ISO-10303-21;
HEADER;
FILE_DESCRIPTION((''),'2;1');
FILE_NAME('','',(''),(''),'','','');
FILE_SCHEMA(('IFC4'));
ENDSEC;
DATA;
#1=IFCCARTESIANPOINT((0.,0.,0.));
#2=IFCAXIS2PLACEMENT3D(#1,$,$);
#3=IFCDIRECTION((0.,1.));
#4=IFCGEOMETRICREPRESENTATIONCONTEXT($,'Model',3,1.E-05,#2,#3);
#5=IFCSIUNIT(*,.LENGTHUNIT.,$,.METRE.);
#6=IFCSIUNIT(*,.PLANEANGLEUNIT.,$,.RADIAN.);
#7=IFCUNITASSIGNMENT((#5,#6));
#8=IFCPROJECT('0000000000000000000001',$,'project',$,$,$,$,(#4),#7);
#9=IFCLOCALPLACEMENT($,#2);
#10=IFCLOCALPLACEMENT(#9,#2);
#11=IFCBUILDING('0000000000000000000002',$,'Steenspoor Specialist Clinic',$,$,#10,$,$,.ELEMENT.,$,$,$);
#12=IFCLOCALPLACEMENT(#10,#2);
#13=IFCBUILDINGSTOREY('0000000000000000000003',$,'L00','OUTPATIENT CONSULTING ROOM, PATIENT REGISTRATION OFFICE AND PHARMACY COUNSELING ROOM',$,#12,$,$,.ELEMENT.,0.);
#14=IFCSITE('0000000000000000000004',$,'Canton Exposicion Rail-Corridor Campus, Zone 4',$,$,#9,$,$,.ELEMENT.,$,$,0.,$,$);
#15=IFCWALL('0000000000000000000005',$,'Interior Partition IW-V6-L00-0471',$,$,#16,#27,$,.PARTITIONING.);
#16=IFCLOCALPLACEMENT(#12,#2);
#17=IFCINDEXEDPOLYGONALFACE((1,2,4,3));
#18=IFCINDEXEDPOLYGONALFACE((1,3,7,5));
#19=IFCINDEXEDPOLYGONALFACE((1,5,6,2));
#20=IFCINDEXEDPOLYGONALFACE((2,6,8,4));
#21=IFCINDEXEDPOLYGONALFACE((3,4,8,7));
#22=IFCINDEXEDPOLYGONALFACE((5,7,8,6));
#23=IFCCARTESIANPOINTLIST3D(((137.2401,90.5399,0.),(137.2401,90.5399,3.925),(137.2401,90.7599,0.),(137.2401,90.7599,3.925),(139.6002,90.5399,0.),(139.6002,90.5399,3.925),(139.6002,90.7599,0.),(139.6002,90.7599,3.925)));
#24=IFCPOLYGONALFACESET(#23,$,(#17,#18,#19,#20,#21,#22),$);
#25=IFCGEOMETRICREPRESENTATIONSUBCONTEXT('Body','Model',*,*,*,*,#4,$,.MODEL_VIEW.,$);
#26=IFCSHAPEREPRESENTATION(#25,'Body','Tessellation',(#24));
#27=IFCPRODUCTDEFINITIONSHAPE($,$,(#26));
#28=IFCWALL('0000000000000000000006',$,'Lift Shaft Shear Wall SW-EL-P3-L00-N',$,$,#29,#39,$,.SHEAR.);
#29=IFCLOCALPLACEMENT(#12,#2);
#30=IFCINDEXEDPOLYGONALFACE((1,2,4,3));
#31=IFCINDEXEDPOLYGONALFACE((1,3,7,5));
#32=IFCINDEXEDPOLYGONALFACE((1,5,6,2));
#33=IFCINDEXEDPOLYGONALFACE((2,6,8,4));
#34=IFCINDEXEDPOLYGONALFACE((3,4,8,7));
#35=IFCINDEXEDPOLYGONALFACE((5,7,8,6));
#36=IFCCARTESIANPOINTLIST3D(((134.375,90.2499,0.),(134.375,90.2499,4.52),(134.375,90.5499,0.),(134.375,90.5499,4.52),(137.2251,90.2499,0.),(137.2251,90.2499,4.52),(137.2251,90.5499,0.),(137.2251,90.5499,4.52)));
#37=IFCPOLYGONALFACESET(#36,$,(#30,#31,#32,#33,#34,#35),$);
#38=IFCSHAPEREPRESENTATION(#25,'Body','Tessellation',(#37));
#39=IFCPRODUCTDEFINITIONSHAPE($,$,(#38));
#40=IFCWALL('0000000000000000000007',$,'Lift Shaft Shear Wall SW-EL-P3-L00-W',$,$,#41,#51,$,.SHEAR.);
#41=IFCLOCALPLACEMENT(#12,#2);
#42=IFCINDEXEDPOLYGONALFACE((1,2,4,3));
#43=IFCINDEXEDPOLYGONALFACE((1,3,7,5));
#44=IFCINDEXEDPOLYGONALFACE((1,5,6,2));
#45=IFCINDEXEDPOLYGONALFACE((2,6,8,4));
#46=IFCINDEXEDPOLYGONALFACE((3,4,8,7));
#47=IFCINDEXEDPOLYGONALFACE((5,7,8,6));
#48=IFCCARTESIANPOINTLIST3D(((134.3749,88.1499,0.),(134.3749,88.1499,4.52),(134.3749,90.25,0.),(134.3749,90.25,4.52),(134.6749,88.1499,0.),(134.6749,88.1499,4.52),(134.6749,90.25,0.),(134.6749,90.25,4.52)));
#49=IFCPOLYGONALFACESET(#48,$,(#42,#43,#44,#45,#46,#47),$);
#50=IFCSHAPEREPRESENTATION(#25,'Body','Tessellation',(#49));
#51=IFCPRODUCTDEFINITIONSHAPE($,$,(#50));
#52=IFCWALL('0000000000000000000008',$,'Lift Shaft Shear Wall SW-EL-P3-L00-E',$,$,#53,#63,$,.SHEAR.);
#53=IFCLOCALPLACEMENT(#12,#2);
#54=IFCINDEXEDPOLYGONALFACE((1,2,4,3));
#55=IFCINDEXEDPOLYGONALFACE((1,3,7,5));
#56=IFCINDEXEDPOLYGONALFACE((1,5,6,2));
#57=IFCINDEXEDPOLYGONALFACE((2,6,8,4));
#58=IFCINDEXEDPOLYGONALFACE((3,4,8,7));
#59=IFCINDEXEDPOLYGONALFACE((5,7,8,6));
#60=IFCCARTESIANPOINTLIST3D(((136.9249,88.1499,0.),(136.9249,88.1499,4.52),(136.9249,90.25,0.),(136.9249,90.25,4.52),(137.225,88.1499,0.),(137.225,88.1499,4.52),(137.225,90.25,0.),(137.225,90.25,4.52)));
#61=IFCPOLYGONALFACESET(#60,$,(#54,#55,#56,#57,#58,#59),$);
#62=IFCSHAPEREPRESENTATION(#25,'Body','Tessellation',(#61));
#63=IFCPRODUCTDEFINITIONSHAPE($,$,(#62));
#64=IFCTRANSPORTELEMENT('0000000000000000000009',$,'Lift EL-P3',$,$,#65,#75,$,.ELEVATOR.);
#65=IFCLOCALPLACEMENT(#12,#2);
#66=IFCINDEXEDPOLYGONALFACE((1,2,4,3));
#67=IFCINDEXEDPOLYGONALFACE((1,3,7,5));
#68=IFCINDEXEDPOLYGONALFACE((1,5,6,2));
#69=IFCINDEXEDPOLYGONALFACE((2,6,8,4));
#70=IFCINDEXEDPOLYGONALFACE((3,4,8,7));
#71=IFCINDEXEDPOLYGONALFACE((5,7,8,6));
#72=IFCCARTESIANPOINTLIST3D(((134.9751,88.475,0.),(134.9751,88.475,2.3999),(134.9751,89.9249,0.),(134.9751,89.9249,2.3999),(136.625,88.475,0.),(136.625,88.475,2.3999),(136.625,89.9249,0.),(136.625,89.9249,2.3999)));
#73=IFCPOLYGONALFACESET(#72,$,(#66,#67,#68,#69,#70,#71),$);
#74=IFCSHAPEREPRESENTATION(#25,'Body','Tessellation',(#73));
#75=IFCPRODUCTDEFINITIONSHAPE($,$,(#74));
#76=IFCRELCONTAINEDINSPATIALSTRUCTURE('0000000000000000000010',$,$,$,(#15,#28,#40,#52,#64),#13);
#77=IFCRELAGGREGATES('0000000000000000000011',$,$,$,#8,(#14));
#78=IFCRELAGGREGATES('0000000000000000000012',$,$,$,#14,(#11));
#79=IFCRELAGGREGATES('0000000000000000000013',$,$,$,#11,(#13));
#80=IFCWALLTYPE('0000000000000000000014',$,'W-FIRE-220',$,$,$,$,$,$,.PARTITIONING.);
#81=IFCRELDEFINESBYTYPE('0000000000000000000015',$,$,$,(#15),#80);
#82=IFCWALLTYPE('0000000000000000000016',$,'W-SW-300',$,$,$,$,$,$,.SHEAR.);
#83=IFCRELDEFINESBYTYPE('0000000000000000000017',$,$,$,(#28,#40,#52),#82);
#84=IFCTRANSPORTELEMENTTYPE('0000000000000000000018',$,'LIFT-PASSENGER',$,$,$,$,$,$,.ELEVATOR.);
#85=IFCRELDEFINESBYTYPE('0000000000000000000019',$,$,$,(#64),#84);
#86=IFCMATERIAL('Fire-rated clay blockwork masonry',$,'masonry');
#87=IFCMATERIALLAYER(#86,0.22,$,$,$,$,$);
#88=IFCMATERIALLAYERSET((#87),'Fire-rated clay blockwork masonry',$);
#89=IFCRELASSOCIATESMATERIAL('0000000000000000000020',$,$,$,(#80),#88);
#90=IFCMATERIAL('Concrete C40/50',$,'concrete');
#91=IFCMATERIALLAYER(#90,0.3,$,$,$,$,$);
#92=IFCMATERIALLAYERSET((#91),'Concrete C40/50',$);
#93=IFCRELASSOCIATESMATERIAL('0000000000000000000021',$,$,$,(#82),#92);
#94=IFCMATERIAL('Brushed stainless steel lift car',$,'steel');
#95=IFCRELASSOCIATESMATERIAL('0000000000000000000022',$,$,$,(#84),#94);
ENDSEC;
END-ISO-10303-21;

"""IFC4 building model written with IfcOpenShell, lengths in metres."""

from ifc_helpers import new_model, si_unit, direction, frame, frame_2d, origin, origin_2d, place, context, subcontext, project, spatial, rectangle, extrude, material, layer, layer_set, type_object, element, save


model = new_model("IFC4")

# Units and contexts
model_context = context("Model", 3, precision=1e-05, world=origin(), true_north=direction((0.0, 1.0)))
body_context = subcontext(model_context, "Body", "Model", "MODEL_VIEW")
ifc_project = project(units=[si_unit("LENGTHUNIT", "METRE"), si_unit("PLANEANGLEUNIT", "RADIAN")], contexts=[model_context])

# Site, building, storey
site_placement = place(None, origin())
site = spatial("IfcSite", under=ifc_project, at=site_placement, Name="Canton Exposicion Rail-Corridor Campus, Zone 4", CompositionType="ELEMENT", RefElevation=0.0)
building_placement = place(site_placement, origin())
building = spatial("IfcBuilding", under=site, at=building_placement, Name="Steenspoor Specialist Clinic", CompositionType="ELEMENT")
storey_placement = place(building_placement, origin())
storey = spatial("IfcBuildingStorey", under=building, at=storey_placement, Name="L00", Description="OUTPATIENT CONSULTING ROOM, PATIENT REGISTRATION OFFICE AND PHARMACY COUNSELING ROOM", CompositionType="ELEMENT", Elevation=0.0)

# Wall
ifc_material_1 = material(Name="Fire-rated clay blockwork masonry", Category="masonry")
ifc_layer_1 = layer(ifc_material_1, 0.22)
ifc_layer_set_1 = layer_set([ifc_layer_1], Name="Fire-rated clay blockwork masonry")
wall_type_1 = type_object("IfcWallType", Name="W-FIRE-220", PredefinedType="PARTITIONING", material=ifc_layer_set_1)
wall_1_placement = place(storey_placement, frame((137.24, 90.6499, 0.0), z_axis=(0.0, 0.0, 1.0), x_axis=(1.0, 0.0, 0.0)))
element("IfcWall", 1, at=wall_1_placement, inside=storey, type_object=wall_type_1, Name="Interior Partition IW-V6-L00-0471", PredefinedType="PARTITIONING", context=body_context, shape_type="SweptSolid", body=[
    extrude(rectangle(XDim=2.3601, YDim=0.22, at=frame_2d((1.1802, 0.0))), origin(), (0.0, 0.0, 1.0), 3.925),
])

# Shared definitions
ifc_material_2 = material(Name="Concrete C40/50", Category="concrete")
ifc_layer_2 = layer(ifc_material_2, 0.3)
ifc_layer_set_2 = layer_set([ifc_layer_2], Name="Concrete C40/50")
wall_type_2 = type_object("IfcWallType", Name="W-SW-300", PredefinedType="SHEAR", material=ifc_layer_set_2)

# Walls
wall_2_placement = place(storey_placement, frame((134.375, 90.3999, 0.0), z_axis=(0.0, 0.0, 1.0), x_axis=(1.0, 0.0, 0.0)))
element("IfcWall", 2, at=wall_2_placement, inside=storey, type_object=wall_type_2, Name="Lift Shaft Shear Wall SW-EL-P3-L00-N", PredefinedType="SHEAR", context=body_context, shape_type="SweptSolid", body=[
    extrude(rectangle(XDim=2.8501, YDim=0.3, at=frame_2d((1.425, 0.0))), origin(), (0.0, 0.0, 1.0), 4.52),
])
for number, where, z_axis, x_axis, name in (
    (3, (134.5249, 88.1499, 0.0), (0.0, 0.0, 1.0), (0.0, 1.0, 0.0), "Lift Shaft Shear Wall SW-EL-P3-L00-W"),
    (4, (137.075, 88.1499, 0.0), (0.0, 0.0, 1.0), (0.0, 1.0, 0.0), "Lift Shaft Shear Wall SW-EL-P3-L00-E"),
):
    element("IfcWall", number, at=place(storey_placement, frame(where, z_axis=z_axis, x_axis=x_axis)), inside=storey, type_object=wall_type_2, Name=name, PredefinedType="SHEAR", context=body_context, shape_type="SweptSolid", body=[
        extrude(rectangle(XDim=2.1001, YDim=0.3, at=frame_2d((1.05, 0.0))), origin(), (0.0, 0.0, 1.0), 4.52),
    ])

# Transport element
ifc_material_3 = material(Name="Brushed stainless steel lift car", Category="steel")
transport_element_type = type_object("IfcTransportElementType", Name="LIFT-PASSENGER", PredefinedType="ELEVATOR", material=ifc_material_3)
transport_element_placement = place(storey_placement, frame((135.8, 89.2, 0.0), z_axis=(0.0, 0.0, 1.0), x_axis=(1.0, 0.0, 0.0)))
element("IfcTransportElement", 5, at=transport_element_placement, inside=storey, type_object=transport_element_type, Name="Lift EL-P3", PredefinedType="ELEVATOR", context=body_context, shape_type="SweptSolid", body=[
    extrude(rectangle(XDim=1.6499, YDim=1.45, at=origin_2d()), origin(), (0.0, 0.0, 1.0), 2.3999),
])

save(model, "model.ifc")
